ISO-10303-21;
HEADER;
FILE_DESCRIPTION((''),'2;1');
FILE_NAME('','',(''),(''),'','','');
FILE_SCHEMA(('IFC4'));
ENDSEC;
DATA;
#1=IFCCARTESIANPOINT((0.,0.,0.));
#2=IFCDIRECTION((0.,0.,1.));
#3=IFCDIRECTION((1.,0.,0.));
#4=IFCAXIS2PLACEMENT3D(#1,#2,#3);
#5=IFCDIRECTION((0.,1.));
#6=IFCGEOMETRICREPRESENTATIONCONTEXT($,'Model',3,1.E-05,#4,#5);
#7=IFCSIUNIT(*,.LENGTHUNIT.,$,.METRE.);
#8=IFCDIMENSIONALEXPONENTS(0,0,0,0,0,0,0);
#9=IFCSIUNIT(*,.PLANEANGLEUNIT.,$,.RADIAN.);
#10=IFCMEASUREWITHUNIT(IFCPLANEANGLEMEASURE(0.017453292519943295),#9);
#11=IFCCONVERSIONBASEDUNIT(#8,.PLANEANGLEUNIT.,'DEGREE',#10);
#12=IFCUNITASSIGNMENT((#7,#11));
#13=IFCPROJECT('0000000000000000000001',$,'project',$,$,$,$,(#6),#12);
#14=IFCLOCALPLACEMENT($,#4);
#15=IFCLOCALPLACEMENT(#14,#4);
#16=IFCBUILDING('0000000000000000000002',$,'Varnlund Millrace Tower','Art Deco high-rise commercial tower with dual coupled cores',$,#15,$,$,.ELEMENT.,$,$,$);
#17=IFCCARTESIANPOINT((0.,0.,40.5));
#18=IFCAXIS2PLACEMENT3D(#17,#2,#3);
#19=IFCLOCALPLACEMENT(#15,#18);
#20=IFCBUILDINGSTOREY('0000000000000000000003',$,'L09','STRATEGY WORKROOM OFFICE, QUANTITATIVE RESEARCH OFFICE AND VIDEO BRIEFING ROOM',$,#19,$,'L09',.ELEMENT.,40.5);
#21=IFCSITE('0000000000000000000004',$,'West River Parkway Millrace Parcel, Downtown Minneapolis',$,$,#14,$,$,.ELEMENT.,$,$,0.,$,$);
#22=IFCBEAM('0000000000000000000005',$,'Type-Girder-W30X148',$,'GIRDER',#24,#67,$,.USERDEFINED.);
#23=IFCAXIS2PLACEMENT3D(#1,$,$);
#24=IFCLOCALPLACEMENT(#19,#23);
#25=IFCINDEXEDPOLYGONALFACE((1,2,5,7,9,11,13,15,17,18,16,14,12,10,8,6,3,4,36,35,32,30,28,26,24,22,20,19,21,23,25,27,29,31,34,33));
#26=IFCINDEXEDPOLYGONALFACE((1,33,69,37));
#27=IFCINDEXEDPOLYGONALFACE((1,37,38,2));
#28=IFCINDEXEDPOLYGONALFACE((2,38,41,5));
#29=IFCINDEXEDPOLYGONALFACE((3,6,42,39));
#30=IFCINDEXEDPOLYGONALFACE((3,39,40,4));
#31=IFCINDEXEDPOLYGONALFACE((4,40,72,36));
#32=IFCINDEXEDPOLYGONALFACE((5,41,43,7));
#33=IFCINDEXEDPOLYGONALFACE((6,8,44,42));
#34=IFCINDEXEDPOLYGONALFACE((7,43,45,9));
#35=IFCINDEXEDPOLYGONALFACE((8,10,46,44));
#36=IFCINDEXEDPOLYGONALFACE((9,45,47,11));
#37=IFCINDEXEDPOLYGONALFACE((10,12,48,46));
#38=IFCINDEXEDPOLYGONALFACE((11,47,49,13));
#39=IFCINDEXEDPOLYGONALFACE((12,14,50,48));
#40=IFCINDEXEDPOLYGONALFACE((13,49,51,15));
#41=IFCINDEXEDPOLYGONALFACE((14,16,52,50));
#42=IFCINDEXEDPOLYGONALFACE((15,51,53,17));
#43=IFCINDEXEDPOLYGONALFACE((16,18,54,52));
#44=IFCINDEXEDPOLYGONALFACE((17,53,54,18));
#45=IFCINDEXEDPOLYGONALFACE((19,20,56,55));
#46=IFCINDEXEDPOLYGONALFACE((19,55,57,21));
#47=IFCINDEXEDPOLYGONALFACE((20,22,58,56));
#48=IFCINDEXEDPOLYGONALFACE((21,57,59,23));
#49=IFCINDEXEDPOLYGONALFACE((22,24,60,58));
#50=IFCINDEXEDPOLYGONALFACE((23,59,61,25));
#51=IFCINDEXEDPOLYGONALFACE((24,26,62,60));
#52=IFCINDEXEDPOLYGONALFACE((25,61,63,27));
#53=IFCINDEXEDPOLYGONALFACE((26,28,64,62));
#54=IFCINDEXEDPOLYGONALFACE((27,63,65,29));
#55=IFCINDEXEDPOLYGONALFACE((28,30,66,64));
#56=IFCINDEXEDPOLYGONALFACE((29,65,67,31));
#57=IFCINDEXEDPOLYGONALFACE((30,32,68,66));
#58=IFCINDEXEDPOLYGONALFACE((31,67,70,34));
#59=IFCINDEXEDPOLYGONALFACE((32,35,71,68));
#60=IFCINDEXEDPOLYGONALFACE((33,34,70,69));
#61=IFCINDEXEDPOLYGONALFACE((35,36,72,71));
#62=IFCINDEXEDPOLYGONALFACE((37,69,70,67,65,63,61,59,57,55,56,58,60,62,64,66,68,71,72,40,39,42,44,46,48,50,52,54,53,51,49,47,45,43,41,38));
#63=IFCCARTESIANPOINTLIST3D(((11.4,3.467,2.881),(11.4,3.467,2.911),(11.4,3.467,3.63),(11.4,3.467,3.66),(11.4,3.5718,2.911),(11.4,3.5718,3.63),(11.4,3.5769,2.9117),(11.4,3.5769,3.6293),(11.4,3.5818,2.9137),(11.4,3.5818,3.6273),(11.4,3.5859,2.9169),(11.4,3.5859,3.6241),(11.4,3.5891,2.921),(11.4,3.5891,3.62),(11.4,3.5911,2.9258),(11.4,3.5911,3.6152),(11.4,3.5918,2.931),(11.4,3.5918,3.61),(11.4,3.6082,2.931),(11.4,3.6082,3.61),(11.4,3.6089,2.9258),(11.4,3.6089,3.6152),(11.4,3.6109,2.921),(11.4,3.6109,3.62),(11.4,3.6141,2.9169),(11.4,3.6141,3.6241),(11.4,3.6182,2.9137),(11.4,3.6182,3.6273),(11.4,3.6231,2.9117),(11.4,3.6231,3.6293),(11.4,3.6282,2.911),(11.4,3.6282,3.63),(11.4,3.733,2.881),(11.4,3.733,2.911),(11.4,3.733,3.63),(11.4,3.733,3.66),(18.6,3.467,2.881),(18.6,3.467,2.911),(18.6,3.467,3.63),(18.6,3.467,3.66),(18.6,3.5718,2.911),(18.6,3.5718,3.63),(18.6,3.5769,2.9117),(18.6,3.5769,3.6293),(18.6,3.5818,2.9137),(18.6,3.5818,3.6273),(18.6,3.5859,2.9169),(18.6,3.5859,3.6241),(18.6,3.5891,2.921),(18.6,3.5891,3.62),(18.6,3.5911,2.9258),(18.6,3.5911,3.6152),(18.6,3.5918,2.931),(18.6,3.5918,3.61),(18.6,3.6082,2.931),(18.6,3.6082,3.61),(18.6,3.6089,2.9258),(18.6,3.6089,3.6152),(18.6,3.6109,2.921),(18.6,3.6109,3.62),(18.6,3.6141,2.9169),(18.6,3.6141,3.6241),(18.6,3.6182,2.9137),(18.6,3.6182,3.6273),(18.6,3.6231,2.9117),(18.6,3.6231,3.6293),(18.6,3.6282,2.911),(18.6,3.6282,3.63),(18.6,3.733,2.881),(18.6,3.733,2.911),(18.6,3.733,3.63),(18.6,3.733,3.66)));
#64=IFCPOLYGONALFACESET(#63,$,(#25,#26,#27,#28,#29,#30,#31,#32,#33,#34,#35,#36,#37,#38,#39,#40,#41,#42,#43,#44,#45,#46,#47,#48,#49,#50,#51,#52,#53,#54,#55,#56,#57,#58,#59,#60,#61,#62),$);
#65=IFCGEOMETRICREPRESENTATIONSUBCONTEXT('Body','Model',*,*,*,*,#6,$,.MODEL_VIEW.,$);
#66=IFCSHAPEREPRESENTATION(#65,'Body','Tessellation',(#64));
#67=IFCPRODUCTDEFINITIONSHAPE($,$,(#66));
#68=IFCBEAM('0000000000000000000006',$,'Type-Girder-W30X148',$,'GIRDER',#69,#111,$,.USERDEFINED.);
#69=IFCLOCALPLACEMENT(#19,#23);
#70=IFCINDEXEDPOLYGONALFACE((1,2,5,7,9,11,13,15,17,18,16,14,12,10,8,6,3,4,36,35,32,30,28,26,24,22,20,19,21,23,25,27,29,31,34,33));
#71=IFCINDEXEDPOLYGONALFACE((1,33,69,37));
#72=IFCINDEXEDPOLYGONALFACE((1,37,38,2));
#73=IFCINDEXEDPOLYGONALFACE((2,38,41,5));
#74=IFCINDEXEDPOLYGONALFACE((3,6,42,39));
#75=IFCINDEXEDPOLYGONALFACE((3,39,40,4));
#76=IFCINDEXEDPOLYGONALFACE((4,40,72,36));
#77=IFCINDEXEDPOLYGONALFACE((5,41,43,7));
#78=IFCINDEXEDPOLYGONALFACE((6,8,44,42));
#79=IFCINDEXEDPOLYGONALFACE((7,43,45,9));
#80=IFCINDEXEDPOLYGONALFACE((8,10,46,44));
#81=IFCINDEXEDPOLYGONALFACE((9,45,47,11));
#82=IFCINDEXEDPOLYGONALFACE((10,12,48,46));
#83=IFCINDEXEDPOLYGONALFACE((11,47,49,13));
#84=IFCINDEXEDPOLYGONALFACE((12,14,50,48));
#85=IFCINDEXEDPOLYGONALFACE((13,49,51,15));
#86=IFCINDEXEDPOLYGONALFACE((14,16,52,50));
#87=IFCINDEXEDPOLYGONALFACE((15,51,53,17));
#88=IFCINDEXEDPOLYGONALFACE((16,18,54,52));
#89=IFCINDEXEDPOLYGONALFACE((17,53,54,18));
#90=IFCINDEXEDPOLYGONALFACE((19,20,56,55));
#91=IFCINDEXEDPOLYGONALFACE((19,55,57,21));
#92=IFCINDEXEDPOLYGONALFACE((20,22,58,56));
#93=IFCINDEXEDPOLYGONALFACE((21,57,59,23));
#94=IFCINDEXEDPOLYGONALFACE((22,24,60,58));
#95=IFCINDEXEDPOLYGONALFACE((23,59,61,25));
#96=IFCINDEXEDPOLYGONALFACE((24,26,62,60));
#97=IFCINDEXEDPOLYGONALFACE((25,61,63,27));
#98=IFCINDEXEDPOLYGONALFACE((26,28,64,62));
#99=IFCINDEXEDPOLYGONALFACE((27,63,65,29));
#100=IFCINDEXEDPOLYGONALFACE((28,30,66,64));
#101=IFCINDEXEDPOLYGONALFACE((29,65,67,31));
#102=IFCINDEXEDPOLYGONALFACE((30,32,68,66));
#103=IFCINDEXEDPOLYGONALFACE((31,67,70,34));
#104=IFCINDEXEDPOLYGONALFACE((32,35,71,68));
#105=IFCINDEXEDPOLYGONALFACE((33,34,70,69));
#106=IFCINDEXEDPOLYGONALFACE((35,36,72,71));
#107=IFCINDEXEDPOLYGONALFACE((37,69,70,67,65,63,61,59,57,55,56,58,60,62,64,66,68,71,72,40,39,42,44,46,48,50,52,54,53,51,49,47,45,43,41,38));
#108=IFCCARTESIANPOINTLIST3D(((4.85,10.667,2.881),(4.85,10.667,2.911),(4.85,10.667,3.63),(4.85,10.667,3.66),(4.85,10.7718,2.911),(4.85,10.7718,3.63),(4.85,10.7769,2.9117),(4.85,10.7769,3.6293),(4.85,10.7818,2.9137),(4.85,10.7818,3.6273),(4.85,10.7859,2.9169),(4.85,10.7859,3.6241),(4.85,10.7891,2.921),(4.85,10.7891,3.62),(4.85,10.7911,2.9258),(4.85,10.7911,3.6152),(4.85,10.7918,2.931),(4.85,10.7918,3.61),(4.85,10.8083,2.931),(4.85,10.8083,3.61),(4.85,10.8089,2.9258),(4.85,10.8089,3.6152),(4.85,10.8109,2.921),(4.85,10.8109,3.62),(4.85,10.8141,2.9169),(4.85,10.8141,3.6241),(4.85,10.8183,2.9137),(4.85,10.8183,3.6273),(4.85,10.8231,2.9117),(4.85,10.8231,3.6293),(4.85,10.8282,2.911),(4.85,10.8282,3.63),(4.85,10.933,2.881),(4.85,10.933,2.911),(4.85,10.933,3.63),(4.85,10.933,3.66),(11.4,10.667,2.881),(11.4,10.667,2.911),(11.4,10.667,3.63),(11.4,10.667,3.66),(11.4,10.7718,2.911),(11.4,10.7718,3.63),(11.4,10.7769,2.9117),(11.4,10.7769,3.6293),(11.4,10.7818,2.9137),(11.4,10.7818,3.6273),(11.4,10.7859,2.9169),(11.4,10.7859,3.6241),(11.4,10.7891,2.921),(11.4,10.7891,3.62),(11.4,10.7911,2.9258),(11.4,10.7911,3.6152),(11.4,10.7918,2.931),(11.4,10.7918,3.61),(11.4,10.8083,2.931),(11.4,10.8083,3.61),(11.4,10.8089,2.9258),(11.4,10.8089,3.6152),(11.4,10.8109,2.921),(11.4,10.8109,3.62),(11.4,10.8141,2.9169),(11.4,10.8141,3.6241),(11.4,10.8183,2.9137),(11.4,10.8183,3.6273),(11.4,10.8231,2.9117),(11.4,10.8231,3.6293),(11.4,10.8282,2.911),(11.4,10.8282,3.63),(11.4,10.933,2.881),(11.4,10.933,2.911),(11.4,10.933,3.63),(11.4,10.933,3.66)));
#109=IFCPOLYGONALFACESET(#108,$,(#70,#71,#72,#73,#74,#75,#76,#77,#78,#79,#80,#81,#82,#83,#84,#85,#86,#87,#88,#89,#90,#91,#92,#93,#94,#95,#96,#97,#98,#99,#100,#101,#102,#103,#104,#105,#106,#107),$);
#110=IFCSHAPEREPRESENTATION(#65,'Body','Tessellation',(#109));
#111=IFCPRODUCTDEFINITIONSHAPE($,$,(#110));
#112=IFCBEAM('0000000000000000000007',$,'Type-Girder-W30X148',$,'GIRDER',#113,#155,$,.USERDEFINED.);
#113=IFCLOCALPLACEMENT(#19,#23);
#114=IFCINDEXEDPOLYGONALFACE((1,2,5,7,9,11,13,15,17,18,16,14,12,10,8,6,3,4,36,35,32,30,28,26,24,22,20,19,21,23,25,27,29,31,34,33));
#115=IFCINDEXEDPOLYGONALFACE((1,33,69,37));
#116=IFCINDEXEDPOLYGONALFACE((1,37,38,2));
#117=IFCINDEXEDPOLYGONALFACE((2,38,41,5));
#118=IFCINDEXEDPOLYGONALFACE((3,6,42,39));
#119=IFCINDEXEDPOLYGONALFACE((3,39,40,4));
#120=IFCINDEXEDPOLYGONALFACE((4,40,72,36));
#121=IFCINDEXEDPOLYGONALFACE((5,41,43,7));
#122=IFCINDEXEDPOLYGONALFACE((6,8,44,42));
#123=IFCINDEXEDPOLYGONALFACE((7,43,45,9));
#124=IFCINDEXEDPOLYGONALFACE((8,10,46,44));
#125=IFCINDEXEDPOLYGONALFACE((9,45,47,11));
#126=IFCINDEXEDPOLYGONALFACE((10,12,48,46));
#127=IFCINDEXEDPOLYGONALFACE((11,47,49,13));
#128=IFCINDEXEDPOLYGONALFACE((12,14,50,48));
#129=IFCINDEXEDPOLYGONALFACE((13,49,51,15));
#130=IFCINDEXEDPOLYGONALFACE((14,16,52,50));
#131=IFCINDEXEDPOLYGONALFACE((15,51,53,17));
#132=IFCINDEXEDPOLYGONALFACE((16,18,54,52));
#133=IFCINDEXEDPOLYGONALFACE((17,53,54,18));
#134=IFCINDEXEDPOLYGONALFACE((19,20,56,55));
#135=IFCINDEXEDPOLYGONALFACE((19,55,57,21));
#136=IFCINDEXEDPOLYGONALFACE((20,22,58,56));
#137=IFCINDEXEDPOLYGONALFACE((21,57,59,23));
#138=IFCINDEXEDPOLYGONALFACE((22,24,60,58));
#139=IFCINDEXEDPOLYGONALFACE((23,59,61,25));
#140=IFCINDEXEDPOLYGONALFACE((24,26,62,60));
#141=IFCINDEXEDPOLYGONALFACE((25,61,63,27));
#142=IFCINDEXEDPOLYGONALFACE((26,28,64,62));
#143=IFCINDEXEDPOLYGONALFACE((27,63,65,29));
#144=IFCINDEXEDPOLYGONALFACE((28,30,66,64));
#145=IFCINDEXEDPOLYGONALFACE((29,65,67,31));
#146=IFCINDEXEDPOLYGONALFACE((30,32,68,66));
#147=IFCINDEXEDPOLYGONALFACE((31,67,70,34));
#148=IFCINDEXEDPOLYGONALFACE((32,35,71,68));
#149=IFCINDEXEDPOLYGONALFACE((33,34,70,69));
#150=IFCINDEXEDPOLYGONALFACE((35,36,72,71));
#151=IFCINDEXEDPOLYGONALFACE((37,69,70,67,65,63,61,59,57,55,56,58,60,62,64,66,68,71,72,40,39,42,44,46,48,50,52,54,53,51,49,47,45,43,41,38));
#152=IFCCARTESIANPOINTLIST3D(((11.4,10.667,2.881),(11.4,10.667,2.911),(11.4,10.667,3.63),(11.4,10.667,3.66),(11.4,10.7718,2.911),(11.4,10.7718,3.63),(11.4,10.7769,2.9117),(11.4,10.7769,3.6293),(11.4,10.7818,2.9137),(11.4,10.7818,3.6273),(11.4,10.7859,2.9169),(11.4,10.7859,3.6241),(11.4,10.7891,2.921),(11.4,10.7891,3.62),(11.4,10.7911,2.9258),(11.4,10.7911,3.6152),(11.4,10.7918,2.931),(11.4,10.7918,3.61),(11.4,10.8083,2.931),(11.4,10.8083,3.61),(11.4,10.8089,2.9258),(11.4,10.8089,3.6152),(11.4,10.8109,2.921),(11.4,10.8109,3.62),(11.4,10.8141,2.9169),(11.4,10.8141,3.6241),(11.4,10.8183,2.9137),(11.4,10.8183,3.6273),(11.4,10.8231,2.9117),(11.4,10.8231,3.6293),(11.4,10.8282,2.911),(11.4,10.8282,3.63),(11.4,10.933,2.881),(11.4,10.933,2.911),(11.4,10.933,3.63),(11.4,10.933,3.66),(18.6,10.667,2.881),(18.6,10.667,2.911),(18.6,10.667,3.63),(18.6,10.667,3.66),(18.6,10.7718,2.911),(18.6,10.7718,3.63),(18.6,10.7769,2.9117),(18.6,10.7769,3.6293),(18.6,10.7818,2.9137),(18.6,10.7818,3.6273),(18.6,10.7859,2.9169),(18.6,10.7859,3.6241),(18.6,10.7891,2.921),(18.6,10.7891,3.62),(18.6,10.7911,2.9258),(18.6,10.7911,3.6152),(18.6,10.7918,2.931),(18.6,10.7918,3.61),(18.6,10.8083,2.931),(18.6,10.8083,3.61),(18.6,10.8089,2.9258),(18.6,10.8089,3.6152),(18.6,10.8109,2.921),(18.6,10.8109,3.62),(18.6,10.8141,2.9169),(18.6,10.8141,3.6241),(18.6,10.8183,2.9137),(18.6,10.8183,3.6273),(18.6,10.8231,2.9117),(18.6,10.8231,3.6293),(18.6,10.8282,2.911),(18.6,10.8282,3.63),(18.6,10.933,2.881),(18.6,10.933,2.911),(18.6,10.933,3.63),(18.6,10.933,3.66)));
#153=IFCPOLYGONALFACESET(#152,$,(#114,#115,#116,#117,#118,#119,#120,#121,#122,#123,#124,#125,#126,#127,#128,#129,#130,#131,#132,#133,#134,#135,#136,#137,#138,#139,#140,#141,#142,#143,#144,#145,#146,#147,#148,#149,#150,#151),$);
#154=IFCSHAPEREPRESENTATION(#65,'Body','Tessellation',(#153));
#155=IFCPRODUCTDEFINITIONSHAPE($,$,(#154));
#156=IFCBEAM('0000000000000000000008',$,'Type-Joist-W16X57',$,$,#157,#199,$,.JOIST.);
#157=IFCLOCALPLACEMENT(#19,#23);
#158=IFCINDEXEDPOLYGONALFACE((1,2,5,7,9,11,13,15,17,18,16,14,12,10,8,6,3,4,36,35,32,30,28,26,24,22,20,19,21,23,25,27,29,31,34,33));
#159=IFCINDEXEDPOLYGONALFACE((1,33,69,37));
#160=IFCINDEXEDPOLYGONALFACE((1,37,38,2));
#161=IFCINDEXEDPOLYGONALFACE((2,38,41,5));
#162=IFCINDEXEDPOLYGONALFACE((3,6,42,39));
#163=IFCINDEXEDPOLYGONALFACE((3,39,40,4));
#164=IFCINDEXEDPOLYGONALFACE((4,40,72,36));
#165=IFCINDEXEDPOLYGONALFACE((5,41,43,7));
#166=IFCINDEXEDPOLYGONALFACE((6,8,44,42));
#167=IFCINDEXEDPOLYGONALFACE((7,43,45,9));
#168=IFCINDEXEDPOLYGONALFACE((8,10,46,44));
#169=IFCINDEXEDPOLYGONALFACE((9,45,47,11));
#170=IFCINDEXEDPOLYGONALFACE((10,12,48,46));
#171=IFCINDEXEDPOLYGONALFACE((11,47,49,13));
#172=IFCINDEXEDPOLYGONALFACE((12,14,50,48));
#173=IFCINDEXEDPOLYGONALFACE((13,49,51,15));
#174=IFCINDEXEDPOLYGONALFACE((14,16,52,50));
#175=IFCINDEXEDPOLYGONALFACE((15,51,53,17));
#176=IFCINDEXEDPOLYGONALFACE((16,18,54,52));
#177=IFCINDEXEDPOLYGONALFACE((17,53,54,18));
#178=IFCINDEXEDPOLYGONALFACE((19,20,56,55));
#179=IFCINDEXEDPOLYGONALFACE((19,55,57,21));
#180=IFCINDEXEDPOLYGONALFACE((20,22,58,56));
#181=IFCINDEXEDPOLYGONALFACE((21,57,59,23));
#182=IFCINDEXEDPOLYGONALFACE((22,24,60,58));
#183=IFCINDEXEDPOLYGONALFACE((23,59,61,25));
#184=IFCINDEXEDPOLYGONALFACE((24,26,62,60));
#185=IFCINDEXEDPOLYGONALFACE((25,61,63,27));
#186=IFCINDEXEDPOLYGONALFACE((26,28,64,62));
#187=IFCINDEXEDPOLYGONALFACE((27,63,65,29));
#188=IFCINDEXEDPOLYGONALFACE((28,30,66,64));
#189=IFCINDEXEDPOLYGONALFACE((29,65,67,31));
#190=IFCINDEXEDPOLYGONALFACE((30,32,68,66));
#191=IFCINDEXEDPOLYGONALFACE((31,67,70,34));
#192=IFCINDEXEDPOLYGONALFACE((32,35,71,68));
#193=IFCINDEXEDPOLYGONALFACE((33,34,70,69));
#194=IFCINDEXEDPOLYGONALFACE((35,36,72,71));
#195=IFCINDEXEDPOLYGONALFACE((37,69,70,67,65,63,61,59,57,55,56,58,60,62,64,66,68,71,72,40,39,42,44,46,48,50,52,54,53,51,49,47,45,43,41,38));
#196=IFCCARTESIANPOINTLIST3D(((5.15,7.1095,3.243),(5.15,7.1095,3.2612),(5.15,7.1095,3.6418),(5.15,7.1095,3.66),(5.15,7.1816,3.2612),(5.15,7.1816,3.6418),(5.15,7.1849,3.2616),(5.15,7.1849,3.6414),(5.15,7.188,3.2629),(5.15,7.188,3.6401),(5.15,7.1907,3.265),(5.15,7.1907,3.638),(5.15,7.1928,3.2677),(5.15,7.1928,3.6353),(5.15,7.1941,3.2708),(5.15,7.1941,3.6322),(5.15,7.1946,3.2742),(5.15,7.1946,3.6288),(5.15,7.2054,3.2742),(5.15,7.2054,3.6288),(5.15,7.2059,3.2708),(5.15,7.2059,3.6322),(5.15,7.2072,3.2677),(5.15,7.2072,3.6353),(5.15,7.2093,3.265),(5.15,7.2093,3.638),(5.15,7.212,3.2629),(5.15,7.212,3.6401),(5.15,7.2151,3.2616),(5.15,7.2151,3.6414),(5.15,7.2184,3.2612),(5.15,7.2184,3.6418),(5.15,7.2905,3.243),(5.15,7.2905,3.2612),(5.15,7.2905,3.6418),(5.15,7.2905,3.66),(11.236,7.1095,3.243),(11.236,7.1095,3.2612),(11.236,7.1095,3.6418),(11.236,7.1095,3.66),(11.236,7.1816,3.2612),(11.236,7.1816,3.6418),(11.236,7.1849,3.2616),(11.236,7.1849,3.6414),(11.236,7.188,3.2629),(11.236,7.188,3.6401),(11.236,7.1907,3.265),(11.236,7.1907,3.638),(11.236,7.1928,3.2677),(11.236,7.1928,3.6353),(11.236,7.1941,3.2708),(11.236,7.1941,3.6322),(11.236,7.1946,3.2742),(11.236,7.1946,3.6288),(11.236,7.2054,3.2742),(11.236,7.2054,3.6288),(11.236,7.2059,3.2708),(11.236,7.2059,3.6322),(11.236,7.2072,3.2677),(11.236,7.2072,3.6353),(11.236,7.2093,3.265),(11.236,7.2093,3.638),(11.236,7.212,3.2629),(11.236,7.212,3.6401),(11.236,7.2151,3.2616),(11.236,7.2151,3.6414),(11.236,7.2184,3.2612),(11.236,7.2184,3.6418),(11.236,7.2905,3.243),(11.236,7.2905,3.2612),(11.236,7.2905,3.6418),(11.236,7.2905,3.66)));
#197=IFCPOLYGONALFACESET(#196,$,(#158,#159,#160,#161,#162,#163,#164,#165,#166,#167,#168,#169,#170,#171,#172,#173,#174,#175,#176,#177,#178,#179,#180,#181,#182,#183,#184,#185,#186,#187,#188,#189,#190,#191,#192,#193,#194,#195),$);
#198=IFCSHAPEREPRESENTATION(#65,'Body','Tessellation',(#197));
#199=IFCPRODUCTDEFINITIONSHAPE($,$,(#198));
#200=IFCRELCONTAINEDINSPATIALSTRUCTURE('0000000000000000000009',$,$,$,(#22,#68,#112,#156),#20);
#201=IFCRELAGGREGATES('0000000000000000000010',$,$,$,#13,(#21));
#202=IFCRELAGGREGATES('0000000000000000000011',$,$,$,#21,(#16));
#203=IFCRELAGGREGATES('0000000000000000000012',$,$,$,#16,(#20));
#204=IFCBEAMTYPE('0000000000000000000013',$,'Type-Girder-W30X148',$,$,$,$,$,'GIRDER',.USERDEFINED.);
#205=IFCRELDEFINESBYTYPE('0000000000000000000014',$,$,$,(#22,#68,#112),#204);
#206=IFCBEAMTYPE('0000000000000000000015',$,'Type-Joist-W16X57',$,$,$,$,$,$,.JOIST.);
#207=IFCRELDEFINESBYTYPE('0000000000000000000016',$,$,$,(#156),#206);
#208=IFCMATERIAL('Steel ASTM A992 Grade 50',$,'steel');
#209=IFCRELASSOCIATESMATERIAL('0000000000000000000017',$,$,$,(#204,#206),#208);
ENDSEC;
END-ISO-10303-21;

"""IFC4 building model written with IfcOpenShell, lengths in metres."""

from ifc_helpers import new_model, entity, si_unit, converted_unit, direction, frame, origin_with_axes, origin_2d_with_axis, place, context, subcontext, project, spatial, i_section, extrude, material, material_profile, profile_set, type_object, element, save


model = new_model("IFC4")

# Units and contexts
model_context = context("Model", 3, precision=1e-05, world=origin_with_axes(), true_north=direction((0.0, 1.0)))
body_context = subcontext(model_context, "Body", "Model", "MODEL_VIEW")
ifc_project = project(units=[si_unit("LENGTHUNIT", "METRE"), converted_unit("PLANEANGLEUNIT", "DEGREE", entity("IfcPlaneAngleMeasure", 0.017453292519943295), si_unit("PLANEANGLEUNIT", "RADIAN"), dimensions=[0, 0, 0, 0, 0, 0, 0])], contexts=[model_context])

# Site, building, storey
site_placement = place(None, origin_with_axes())
site = spatial("IfcSite", under=ifc_project, at=site_placement, Name="West River Parkway Millrace Parcel, Downtown Minneapolis", CompositionType="ELEMENT", RefElevation=0.0)
building_placement = place(site_placement, origin_with_axes())
building = spatial("IfcBuilding", under=site, at=building_placement, Name="Varnlund Millrace Tower", Description="Art Deco high-rise commercial tower with dual coupled cores", CompositionType="ELEMENT")
storey_placement = place(building_placement, frame((0.0, 0.0, 40.5), z_axis=(0.0, 0.0, 1.0), x_axis=(1.0, 0.0, 0.0)))
storey = spatial("IfcBuildingStorey", under=building, at=storey_placement, Name="L09", Description="STRATEGY WORKROOM OFFICE, QUANTITATIVE RESEARCH OFFICE AND VIDEO BRIEFING ROOM", LongName="L09", CompositionType="ELEMENT", Elevation=40.5)

# Beams
ifc_material_1 = material(Name="Steel ASTM A992 Grade 50", Category="steel")
ifc_material_profile_1 = material_profile(ifc_material_1, i_section(OverallWidth=0.266, OverallDepth=0.779, WebThickness=0.0165, FlangeThickness=0.03, FilletRadius=0.02, at=origin_2d_with_axis()), Name="Steel ASTM A992 Grade 50")
ifc_profile_set_1 = profile_set([ifc_material_profile_1], Name="Steel ASTM A992 Grade 50")
beam_type_1 = type_object("IfcBeamType", Name="Type-Girder-W30X148", ElementType="GIRDER", PredefinedType="USERDEFINED", material=ifc_profile_set_1)
beam_1_placement = place(storey_placement, frame((11.4, 3.6, 3.2705), z_axis=(1.0, 0.0, 0.0), x_axis=(0.0, 1.0, 0.0)))
element("IfcBeam", 1, at=beam_1_placement, inside=storey, type_object=beam_type_1, Name="Type-Girder-W30X148", ObjectType="GIRDER", PredefinedType="USERDEFINED", context=body_context, shape_type="SweptSolid", body=[
    extrude(i_section(OverallWidth=0.266, OverallDepth=0.779, WebThickness=0.0165, FlangeThickness=0.03, FilletRadius=0.02, at=origin_2d_with_axis()), origin_with_axes(), (0.0, 0.0, 1.0), 7.2),
])
beam_2_placement = place(storey_placement, frame((4.85, 10.8, 3.2705), z_axis=(1.0, 0.0, 0.0), x_axis=(0.0, 1.0, 0.0)))
element("IfcBeam", 2, at=beam_2_placement, inside=storey, type_object=beam_type_1, Name="Type-Girder-W30X148", ObjectType="GIRDER", PredefinedType="USERDEFINED", context=body_context, shape_type="SweptSolid", body=[
    extrude(i_section(OverallWidth=0.266, OverallDepth=0.779, WebThickness=0.0165, FlangeThickness=0.03, FilletRadius=0.02, at=origin_2d_with_axis()), origin_with_axes(), (0.0, 0.0, 1.0), 6.55),
])
beam_3_placement = place(storey_placement, frame((11.4, 10.8, 3.2705), z_axis=(1.0, 0.0, 0.0), x_axis=(0.0, 1.0, 0.0)))
element("IfcBeam", 3, at=beam_3_placement, inside=storey, type_object=beam_type_1, Name="Type-Girder-W30X148", ObjectType="GIRDER", PredefinedType="USERDEFINED", context=body_context, shape_type="SweptSolid", body=[
    extrude(i_section(OverallWidth=0.266, OverallDepth=0.779, WebThickness=0.0165, FlangeThickness=0.03, FilletRadius=0.02, at=origin_2d_with_axis()), origin_with_axes(), (0.0, 0.0, 1.0), 7.2),
])
ifc_material_profile_2 = material_profile(ifc_material_1, i_section(OverallWidth=0.181, OverallDepth=0.417, WebThickness=0.0109, FlangeThickness=0.0182, FilletRadius=0.013, at=origin_2d_with_axis()), Name="Steel ASTM A992 Grade 50")
ifc_profile_set_2 = profile_set([ifc_material_profile_2], Name="Steel ASTM A992 Grade 50")
beam_type_2 = type_object("IfcBeamType", Name="Type-Joist-W16X57", PredefinedType="JOIST", material=ifc_profile_set_2)
for number, where, z_axis, x_axis, name in (
    (4, (5.15, 7.2, 3.4515), (1.0, 0.0, 0.0), (0.0, 1.0, 0.0), "Type-Joist-W16X57"),
):
    element("IfcBeam", number, at=place(storey_placement, frame(where, z_axis=z_axis, x_axis=x_axis)), inside=storey, type_object=beam_type_2, Name=name, PredefinedType="JOIST", context=body_context, shape_type="SweptSolid", body=[
        extrude(i_section(OverallWidth=0.181, OverallDepth=0.417, WebThickness=0.0109, FlangeThickness=0.0182, FilletRadius=0.013, at=origin_2d_with_axis()), origin_with_axes(), (0.0, 0.0, 1.0), 6.086),
    ])

save(model, "model.ifc")
